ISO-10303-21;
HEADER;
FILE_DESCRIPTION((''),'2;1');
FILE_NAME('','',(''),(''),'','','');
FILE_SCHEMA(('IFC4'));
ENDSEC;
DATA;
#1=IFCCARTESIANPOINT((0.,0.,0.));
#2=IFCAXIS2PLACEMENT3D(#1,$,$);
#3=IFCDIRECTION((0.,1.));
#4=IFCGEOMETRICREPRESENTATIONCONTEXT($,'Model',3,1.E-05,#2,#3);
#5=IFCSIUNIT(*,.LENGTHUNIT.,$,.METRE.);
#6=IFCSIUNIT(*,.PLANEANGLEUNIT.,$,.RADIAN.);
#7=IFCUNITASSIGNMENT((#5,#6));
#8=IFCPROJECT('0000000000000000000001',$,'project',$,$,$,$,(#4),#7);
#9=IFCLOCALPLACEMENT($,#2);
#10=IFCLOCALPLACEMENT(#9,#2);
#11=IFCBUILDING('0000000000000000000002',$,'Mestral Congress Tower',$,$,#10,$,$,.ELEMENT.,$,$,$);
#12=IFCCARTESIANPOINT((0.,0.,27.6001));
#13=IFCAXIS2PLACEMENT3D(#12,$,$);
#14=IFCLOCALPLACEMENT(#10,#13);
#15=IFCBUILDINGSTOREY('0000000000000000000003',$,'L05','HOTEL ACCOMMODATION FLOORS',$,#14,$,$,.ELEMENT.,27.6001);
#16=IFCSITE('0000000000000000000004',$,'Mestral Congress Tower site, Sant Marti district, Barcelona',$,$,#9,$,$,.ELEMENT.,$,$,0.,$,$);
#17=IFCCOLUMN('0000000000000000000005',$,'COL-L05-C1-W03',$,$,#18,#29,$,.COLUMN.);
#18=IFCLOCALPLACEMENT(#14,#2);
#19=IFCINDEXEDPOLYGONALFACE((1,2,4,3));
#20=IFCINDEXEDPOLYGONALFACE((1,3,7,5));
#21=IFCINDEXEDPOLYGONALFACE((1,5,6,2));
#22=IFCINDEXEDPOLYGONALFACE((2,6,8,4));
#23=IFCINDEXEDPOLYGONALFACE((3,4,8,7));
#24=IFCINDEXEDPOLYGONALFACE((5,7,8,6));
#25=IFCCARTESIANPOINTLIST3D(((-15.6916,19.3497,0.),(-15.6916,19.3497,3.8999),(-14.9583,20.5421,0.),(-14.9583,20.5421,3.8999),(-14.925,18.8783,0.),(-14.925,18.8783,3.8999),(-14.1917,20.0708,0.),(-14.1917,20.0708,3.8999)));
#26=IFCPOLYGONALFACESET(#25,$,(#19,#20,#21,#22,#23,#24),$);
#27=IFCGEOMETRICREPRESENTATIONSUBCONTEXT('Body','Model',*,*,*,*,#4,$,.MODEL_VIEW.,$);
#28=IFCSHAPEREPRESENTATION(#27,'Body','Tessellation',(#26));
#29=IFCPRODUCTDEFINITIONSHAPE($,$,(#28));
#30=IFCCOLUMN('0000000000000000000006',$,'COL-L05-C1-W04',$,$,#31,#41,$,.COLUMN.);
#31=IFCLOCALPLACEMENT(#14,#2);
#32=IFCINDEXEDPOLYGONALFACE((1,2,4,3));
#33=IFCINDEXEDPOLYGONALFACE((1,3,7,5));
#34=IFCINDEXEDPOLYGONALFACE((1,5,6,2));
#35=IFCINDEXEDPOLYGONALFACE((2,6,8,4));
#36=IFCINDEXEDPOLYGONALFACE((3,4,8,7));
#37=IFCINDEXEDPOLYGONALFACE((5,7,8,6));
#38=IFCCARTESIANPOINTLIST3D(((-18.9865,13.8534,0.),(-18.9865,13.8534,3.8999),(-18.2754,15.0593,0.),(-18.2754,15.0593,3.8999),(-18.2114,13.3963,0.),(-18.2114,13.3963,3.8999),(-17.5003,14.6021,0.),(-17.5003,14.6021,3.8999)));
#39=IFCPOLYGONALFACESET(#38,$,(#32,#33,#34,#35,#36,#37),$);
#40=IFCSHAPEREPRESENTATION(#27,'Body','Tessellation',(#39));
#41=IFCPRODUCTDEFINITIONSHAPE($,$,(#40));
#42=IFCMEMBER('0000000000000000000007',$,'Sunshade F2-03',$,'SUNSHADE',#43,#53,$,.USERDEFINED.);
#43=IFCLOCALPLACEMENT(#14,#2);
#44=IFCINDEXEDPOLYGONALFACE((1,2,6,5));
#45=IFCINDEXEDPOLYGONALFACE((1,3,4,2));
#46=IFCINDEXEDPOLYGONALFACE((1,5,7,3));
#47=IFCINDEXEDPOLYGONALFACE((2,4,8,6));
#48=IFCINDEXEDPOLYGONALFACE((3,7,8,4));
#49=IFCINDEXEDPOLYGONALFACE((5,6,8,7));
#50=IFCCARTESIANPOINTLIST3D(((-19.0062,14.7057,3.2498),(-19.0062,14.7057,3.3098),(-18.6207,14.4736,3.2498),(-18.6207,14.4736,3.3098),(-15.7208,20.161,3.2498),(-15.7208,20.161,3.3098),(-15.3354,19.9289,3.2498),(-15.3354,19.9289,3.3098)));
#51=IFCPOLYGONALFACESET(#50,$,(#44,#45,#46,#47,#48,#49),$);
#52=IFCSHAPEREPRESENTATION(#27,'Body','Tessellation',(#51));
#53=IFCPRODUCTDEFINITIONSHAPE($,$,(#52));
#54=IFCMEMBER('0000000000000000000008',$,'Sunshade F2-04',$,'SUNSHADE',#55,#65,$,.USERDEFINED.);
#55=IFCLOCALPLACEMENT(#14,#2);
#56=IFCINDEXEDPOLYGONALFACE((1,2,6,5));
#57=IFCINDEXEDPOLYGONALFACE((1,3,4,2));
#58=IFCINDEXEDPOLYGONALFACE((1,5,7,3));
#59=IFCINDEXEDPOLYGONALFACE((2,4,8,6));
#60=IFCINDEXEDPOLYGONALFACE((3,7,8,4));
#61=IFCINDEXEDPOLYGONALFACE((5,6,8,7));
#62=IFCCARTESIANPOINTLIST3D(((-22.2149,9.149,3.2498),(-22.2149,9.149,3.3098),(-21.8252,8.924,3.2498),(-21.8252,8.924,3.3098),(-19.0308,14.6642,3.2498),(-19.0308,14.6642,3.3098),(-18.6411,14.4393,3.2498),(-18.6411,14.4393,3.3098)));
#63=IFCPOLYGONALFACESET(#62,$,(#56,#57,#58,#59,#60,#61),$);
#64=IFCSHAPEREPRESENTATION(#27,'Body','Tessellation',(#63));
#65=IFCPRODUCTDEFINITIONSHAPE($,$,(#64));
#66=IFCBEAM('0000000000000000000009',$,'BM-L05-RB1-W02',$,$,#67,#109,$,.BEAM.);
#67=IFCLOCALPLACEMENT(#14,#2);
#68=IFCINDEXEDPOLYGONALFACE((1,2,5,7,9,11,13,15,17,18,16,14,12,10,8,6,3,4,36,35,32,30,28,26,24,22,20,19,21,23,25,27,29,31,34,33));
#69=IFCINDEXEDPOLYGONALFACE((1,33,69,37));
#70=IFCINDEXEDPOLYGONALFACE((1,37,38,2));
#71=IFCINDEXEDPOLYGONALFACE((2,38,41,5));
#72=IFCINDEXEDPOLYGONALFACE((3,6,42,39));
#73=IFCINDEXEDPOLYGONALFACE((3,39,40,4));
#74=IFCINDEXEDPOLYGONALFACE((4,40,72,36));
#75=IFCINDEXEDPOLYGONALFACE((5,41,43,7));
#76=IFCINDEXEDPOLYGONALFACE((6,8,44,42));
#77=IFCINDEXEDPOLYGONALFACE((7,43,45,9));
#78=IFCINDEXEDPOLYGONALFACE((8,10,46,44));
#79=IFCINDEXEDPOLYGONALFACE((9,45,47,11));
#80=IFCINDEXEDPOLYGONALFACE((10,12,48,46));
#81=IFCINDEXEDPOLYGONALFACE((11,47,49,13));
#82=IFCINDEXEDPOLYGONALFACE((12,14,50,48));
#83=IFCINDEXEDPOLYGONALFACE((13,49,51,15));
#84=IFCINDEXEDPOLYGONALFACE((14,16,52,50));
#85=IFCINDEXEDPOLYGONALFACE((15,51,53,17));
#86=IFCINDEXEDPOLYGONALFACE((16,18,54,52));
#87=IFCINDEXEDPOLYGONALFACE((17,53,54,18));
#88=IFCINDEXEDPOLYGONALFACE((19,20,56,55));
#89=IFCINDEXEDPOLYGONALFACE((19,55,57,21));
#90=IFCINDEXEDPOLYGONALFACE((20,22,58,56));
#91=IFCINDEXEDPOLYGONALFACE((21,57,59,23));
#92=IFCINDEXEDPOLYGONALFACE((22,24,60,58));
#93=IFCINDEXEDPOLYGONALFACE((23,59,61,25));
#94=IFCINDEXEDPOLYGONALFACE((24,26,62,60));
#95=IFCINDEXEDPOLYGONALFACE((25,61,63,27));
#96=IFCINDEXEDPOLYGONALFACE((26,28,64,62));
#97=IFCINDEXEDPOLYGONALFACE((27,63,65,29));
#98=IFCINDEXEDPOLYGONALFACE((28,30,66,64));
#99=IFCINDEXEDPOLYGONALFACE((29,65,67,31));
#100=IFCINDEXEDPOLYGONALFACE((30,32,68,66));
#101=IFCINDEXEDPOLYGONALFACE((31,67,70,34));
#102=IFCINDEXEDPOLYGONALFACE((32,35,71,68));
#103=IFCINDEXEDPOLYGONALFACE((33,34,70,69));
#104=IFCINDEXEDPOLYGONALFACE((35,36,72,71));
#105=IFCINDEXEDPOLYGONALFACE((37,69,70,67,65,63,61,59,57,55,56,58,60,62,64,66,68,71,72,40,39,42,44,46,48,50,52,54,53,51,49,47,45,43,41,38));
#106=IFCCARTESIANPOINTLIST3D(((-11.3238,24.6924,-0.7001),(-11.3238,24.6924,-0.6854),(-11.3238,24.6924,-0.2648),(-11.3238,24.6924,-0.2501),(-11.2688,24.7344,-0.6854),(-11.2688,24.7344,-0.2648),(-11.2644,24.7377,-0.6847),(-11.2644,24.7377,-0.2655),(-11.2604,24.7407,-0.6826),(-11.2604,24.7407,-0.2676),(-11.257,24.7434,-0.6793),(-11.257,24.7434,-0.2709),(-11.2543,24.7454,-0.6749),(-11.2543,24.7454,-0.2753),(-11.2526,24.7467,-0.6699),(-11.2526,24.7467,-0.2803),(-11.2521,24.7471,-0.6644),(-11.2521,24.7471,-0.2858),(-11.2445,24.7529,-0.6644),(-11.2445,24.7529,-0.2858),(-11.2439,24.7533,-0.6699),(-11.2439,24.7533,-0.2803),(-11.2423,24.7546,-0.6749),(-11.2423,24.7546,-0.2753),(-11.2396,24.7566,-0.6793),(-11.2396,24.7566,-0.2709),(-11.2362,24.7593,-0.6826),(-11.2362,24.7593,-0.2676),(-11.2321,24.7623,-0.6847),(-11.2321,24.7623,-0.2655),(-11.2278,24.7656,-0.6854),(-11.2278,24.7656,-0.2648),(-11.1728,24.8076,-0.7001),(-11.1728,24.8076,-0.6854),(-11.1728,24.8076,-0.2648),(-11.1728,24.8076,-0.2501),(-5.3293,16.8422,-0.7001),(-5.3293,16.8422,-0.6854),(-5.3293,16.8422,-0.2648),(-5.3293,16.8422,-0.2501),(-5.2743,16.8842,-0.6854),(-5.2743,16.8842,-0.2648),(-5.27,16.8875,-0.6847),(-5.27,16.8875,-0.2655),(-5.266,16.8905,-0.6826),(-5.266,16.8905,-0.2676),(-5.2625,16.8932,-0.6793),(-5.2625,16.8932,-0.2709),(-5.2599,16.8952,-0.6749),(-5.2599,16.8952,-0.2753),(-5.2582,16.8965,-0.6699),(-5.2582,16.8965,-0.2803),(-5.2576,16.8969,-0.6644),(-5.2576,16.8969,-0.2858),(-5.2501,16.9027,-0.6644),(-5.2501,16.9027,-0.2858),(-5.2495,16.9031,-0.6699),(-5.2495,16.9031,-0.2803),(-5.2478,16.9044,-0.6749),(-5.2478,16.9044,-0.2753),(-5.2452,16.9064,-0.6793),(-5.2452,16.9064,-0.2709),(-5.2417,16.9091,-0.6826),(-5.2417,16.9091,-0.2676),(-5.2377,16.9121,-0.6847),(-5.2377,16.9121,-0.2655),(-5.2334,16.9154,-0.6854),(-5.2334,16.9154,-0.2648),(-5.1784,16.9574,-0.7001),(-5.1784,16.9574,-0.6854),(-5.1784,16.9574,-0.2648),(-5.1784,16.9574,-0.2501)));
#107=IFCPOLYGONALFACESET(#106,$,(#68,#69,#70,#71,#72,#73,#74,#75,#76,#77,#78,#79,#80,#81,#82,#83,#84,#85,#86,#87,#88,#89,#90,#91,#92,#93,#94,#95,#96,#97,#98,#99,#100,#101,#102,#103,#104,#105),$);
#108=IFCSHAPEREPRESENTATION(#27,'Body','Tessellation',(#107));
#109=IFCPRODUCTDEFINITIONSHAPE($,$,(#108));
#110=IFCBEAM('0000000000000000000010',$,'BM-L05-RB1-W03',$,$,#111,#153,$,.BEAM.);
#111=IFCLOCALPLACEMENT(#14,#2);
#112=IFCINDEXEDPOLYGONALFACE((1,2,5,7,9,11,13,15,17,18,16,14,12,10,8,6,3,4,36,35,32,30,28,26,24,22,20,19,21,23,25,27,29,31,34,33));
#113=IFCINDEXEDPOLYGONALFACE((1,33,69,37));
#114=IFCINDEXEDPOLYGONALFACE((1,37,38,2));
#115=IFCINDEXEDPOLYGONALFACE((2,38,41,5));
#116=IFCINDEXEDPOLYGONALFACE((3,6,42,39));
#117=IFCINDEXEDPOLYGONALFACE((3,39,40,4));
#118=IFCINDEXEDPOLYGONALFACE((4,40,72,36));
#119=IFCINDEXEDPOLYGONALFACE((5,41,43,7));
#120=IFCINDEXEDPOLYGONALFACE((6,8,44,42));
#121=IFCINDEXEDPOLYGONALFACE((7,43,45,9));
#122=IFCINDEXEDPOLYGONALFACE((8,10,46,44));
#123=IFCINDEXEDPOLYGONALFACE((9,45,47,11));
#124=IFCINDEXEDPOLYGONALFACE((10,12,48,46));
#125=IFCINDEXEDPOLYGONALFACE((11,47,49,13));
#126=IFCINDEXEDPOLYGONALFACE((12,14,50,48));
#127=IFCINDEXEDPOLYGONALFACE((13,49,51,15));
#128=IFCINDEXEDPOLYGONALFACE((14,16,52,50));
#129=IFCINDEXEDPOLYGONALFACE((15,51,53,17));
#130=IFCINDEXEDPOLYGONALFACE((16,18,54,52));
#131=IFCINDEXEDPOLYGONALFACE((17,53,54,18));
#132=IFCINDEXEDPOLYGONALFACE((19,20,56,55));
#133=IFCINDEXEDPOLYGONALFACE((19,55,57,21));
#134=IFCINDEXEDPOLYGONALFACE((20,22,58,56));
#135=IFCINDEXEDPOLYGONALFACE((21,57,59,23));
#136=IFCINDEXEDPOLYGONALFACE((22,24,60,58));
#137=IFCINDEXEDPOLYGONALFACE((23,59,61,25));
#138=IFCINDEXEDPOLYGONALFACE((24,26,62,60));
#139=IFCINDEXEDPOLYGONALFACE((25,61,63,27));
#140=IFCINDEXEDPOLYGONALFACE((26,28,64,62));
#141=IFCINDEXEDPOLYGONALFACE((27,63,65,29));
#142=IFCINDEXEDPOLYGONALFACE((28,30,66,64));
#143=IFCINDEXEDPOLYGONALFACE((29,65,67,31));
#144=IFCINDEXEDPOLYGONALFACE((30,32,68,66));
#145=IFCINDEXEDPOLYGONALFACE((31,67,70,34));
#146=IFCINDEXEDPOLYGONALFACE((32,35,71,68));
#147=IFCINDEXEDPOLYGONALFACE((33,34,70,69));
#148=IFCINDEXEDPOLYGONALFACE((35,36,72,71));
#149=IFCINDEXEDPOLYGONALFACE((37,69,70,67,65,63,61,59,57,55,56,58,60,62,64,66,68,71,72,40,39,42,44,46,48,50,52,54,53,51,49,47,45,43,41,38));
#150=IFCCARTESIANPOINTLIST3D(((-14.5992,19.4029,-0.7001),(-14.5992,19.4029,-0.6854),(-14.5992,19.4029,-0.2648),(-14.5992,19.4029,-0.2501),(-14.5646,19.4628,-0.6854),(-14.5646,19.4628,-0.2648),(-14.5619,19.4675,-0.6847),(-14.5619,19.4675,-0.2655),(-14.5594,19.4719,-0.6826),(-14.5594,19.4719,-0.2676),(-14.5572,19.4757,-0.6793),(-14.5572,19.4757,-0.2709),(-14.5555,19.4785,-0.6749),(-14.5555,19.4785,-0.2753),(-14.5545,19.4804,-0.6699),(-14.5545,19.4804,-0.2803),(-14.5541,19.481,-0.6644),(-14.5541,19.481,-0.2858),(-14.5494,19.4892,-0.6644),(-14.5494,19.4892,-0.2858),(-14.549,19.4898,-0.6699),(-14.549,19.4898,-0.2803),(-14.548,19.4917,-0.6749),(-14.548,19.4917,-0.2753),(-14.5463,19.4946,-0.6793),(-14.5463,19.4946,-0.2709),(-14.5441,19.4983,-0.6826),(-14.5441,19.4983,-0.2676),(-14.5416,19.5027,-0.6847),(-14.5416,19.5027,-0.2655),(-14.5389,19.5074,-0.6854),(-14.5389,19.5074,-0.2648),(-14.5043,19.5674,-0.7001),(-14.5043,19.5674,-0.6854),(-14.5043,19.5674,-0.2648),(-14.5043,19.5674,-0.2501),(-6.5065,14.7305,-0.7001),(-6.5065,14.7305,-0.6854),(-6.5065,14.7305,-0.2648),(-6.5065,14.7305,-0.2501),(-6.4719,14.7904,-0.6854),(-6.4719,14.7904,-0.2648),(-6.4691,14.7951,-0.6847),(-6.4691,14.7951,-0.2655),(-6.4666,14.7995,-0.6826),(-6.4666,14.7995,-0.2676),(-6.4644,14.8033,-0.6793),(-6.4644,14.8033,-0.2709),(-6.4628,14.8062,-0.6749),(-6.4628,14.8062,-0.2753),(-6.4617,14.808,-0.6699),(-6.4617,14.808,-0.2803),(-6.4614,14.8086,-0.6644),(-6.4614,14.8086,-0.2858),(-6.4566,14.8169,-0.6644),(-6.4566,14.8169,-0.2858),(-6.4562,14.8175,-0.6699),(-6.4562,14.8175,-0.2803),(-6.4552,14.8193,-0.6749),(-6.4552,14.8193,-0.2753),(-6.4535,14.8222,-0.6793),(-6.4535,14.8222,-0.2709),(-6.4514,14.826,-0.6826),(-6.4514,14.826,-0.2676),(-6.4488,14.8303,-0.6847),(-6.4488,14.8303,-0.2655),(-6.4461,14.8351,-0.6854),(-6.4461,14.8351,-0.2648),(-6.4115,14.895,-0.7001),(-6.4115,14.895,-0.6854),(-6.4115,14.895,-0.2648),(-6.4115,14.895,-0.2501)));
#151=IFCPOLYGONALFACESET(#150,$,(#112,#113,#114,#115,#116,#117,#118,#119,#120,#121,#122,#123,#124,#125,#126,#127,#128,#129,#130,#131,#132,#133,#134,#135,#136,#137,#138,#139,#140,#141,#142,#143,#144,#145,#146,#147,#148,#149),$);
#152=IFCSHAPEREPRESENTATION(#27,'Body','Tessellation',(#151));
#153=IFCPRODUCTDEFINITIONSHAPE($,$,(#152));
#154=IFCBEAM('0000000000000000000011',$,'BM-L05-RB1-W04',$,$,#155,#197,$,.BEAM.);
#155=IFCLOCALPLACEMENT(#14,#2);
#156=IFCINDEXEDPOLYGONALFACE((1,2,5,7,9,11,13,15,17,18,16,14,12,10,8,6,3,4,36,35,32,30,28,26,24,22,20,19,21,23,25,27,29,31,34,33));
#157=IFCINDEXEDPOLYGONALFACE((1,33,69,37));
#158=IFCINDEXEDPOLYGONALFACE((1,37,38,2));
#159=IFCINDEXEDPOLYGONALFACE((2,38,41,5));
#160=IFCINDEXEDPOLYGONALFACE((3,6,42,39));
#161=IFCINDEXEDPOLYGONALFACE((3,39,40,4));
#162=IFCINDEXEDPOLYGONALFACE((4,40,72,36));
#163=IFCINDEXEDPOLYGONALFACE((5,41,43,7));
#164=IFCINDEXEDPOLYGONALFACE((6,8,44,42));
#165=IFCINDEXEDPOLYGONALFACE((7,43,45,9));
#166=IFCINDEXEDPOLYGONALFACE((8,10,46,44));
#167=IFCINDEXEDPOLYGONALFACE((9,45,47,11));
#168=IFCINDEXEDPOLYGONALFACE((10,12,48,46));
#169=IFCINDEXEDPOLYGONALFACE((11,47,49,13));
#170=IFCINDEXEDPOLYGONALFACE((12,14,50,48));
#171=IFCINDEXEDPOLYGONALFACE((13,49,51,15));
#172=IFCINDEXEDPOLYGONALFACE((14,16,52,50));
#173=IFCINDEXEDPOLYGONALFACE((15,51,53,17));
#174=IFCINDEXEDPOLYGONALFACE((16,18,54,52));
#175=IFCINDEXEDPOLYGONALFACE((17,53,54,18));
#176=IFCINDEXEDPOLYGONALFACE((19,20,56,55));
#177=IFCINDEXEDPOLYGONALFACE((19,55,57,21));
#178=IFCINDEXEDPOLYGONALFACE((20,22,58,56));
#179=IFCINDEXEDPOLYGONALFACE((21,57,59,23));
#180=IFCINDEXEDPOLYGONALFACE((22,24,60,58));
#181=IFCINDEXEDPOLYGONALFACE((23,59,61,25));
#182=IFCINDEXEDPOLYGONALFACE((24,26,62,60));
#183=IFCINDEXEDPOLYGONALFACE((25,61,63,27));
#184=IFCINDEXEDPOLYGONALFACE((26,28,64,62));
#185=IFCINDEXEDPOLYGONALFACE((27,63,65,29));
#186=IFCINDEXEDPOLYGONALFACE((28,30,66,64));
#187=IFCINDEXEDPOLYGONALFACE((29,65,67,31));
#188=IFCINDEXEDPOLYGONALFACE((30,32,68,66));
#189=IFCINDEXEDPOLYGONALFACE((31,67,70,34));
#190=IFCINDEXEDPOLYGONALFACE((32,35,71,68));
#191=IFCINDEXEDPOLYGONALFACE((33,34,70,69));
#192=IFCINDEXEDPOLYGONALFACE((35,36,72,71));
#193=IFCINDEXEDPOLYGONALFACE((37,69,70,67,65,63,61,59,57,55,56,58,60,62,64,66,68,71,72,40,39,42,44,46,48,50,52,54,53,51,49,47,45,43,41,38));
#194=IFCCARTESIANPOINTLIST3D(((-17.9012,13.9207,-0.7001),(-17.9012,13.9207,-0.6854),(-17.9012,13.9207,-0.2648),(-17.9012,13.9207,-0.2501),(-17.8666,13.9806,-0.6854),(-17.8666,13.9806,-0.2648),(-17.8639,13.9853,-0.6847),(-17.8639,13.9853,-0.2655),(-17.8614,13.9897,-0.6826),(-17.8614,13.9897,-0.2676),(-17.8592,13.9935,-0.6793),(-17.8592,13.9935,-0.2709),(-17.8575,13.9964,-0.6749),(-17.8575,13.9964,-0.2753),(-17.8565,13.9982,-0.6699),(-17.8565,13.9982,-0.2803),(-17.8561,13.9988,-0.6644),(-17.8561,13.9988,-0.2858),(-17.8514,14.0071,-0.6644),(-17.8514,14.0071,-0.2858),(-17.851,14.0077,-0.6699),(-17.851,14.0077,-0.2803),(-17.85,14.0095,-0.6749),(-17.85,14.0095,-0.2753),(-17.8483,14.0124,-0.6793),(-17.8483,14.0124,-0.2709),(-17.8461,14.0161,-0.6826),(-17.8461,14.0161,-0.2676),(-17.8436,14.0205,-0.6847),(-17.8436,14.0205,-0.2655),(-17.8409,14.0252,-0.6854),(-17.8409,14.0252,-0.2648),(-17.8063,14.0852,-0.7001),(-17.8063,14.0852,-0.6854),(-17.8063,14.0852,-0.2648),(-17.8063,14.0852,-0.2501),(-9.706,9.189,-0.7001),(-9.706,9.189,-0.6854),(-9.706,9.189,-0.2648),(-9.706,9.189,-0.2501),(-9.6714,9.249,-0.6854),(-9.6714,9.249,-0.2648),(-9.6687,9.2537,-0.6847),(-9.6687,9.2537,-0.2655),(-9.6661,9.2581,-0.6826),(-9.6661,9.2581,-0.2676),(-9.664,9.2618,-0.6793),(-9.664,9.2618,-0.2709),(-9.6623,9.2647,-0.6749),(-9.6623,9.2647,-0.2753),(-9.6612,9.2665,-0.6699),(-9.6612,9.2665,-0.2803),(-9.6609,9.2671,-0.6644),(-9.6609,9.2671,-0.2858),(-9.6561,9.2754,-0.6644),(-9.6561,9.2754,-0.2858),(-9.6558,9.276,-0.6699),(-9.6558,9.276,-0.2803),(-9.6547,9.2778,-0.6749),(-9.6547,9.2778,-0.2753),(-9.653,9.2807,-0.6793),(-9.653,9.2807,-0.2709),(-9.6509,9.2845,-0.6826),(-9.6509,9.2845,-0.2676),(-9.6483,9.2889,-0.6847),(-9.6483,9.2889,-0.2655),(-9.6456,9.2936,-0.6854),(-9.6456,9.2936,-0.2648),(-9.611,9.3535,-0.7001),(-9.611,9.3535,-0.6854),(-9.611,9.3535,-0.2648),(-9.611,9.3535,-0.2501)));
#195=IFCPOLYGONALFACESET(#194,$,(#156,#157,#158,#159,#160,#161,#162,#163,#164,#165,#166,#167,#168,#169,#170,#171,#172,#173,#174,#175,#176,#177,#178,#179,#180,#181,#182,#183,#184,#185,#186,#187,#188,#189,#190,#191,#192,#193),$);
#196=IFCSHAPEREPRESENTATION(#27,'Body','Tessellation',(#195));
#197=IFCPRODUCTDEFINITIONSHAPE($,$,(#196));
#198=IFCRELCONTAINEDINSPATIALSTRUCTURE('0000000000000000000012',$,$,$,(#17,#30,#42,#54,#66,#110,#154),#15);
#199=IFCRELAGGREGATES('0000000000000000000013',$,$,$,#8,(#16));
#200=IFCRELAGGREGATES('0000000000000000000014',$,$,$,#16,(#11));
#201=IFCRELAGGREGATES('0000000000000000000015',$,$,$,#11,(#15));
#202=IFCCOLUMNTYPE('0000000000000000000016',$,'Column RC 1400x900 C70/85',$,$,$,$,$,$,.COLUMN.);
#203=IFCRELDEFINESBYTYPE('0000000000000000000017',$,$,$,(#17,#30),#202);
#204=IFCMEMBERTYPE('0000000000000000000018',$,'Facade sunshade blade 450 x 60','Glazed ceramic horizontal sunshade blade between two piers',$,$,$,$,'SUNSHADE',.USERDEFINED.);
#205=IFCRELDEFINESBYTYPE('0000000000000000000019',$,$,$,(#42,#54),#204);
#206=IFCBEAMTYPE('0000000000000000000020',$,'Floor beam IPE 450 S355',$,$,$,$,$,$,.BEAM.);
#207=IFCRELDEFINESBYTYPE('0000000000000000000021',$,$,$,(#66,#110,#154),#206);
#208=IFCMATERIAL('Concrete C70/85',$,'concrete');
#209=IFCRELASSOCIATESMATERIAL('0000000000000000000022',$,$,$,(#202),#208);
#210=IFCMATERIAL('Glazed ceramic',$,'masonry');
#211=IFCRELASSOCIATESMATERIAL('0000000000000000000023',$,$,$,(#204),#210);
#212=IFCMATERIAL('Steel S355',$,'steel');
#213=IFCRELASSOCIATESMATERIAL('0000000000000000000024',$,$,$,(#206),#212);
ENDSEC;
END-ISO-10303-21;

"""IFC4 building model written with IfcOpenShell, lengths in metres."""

from ifc_helpers import new_model, si_unit, direction, frame, origin, origin_2d, place, context, subcontext, project, spatial, rectangle, i_section, extrude, material, material_profile, profile_set, type_object, element, save


model = new_model("IFC4")

# Units and contexts
model_context = context("Model", 3, precision=1e-05, world=origin(), true_north=direction((0.0, 1.0)))
body_context = subcontext(model_context, "Body", "Model", "MODEL_VIEW")
ifc_project = project(units=[si_unit("LENGTHUNIT", "METRE"), si_unit("PLANEANGLEUNIT", "RADIAN")], contexts=[model_context])

# Site, building, storey
site_placement = place(None, origin())
site = spatial("IfcSite", under=ifc_project, at=site_placement, Name="Mestral Congress Tower site, Sant Marti district, Barcelona", CompositionType="ELEMENT", RefElevation=0.0)
building_placement = place(site_placement, origin())
building = spatial("IfcBuilding", under=site, at=building_placement, Name="Mestral Congress Tower", CompositionType="ELEMENT")
storey_placement = place(building_placement, frame((0.0, 0.0, 27.6001)))
storey = spatial("IfcBuildingStorey", under=building, at=storey_placement, Name="L05", Description="HOTEL ACCOMMODATION FLOORS", CompositionType="ELEMENT", Elevation=27.6001)

# Columns
ifc_material_1 = material(Name="Concrete C70/85", Category="concrete")
ifc_material_profile_1 = material_profile(ifc_material_1, rectangle(XDim=1.3999, YDim=0.8999, at=origin_2d()), Name="RC 1400x900")
ifc_profile_set_1 = profile_set([ifc_material_profile_1], Name="Concrete C70/85")
column_type = type_object("IfcColumnType", Name="Column RC 1400x900 C70/85", PredefinedType="COLUMN", material=ifc_profile_set_1)
for number, where, z_axis, x_axis, name in (
    (1, (-14.9417, 19.7102, 0.0), (0.0, 0.0, 1.0), (-0.523819, -0.851829, 0.0), "COL-L05-C1-W03"),
    (2, (-18.2434, 14.2278, 0.0), (0.0, 0.0, 1.0), (-0.507983, -0.861367, 0.0), "COL-L05-C1-W04"),
):
    element("IfcColumn", number, at=place(storey_placement, frame(where, z_axis=z_axis, x_axis=x_axis)), inside=storey, type_object=column_type, Name=name, PredefinedType="COLUMN", context=body_context, shape_type="SweptSolid", body=[
        extrude(rectangle(XDim=1.3999, YDim=0.8999, at=origin_2d()), origin(), (0.0, 0.0, 1.0), 3.8999),
    ])

# Members
ifc_material_2 = material(Name="Glazed ceramic", Category="masonry")
ifc_material_profile_2 = material_profile(ifc_material_2, rectangle(XDim=0.45, YDim=0.0601, at=origin_2d()), Name="Ceramic blade 450 x 60")
ifc_profile_set_2 = profile_set([ifc_material_profile_2], Name="Glazed ceramic")
member_type = type_object("IfcMemberType", Name="Facade sunshade blade 450 x 60", Description="Glazed ceramic horizontal sunshade blade between two piers", ElementType="SUNSHADE", PredefinedType="USERDEFINED", material=ifc_profile_set_2)
member_1_placement = place(storey_placement, frame((-15.5281, 20.0449, 3.2798), z_axis=(-0.515905, -0.856646, 0.0), x_axis=(0.856646, -0.515905, 0.0)))
element("IfcMember", 3, at=member_1_placement, inside=storey, type_object=member_type, Name="Sunshade F2-03", ObjectType="SUNSHADE", PredefinedType="USERDEFINED", context=body_context, shape_type="SweptSolid", body=[
    extrude(rectangle(XDim=0.45, YDim=0.0601, at=origin_2d()), origin(), (0.0, 0.0, 1.0), 6.3682),
])
member_2_placement = place(storey_placement, frame((-18.8359, 14.5518, 3.2798), z_axis=(-0.49999, -0.866031, 0.0), x_axis=(0.866031, -0.49999, 0.0)))
element("IfcMember", 4, at=member_2_placement, inside=storey, type_object=member_type, Name="Sunshade F2-04", ObjectType="SUNSHADE", PredefinedType="USERDEFINED", context=body_context, shape_type="SweptSolid", body=[
    extrude(rectangle(XDim=0.45, YDim=0.0601, at=origin_2d()), origin(), (0.0, 0.0, 1.0), 6.3684),
])

# Beams
ifc_material_3 = material(Name="Steel S355", Category="steel")
ifc_material_profile_3 = material_profile(ifc_material_3, i_section(OverallWidth=0.1899, OverallDepth=0.45, WebThickness=0.0095, FlangeThickness=0.0146, FilletRadius=0.021, at=origin_2d()), Name="IPE 450")
ifc_profile_set_3 = profile_set([ifc_material_profile_3], Name="Steel S355")
beam_type_1 = type_object("IfcBeamType", Name="Floor beam IPE 450 S355", PredefinedType="BEAM", material=ifc_profile_set_3)
beam_1_placement = place(storey_placement, frame((-11.2483, 24.75, -0.4751), z_axis=(0.606899, -0.794779, 0.0), x_axis=(0.794779, 0.606899, 0.0)))
element("IfcBeam", 5, at=beam_1_placement, inside=storey, type_object=beam_type_1, Name="BM-L05-RB1-W02", PredefinedType="BEAM", context=body_context, shape_type="SweptSolid", body=[
    extrude(i_section(OverallWidth=0.1899, OverallDepth=0.45, WebThickness=0.0095, FlangeThickness=0.0146, FilletRadius=0.021, at=origin_2d()), origin(), (0.0, 0.0, 1.0), 9.8772),
])
beam_2_placement = place(storey_placement, frame((-14.5518, 19.4851, -0.4751), z_axis=(0.866025, -0.5, 0.0), x_axis=(0.5, 0.866025, 0.0)))
element("IfcBeam", 6, at=beam_2_placement, inside=storey, type_object=beam_type_1, Name="BM-L05-RB1-W03", PredefinedType="BEAM", context=body_context, shape_type="SweptSolid", body=[
    extrude(i_section(OverallWidth=0.1899, OverallDepth=0.45, WebThickness=0.0095, FlangeThickness=0.0146, FilletRadius=0.021, at=origin_2d()), origin(), (0.0, 0.0, 1.0), 9.3447),
])
beam_3_placement = place(storey_placement, frame((-17.8538, 14.0029, -0.4751), z_axis=(0.86602, -0.50001, 0.0), x_axis=(0.50001, 0.86602, 0.0)))
element("IfcBeam", 7, at=beam_3_placement, inside=storey, type_object=beam_type_1, Name="BM-L05-RB1-W04", PredefinedType="BEAM", context=body_context, shape_type="SweptSolid", body=[
    extrude(i_section(OverallWidth=0.1899, OverallDepth=0.45, WebThickness=0.0095, FlangeThickness=0.0146, FilletRadius=0.021, at=origin_2d()), origin(), (0.0, 0.0, 1.0), 9.4631),
])

save(model, "model.ifc")
